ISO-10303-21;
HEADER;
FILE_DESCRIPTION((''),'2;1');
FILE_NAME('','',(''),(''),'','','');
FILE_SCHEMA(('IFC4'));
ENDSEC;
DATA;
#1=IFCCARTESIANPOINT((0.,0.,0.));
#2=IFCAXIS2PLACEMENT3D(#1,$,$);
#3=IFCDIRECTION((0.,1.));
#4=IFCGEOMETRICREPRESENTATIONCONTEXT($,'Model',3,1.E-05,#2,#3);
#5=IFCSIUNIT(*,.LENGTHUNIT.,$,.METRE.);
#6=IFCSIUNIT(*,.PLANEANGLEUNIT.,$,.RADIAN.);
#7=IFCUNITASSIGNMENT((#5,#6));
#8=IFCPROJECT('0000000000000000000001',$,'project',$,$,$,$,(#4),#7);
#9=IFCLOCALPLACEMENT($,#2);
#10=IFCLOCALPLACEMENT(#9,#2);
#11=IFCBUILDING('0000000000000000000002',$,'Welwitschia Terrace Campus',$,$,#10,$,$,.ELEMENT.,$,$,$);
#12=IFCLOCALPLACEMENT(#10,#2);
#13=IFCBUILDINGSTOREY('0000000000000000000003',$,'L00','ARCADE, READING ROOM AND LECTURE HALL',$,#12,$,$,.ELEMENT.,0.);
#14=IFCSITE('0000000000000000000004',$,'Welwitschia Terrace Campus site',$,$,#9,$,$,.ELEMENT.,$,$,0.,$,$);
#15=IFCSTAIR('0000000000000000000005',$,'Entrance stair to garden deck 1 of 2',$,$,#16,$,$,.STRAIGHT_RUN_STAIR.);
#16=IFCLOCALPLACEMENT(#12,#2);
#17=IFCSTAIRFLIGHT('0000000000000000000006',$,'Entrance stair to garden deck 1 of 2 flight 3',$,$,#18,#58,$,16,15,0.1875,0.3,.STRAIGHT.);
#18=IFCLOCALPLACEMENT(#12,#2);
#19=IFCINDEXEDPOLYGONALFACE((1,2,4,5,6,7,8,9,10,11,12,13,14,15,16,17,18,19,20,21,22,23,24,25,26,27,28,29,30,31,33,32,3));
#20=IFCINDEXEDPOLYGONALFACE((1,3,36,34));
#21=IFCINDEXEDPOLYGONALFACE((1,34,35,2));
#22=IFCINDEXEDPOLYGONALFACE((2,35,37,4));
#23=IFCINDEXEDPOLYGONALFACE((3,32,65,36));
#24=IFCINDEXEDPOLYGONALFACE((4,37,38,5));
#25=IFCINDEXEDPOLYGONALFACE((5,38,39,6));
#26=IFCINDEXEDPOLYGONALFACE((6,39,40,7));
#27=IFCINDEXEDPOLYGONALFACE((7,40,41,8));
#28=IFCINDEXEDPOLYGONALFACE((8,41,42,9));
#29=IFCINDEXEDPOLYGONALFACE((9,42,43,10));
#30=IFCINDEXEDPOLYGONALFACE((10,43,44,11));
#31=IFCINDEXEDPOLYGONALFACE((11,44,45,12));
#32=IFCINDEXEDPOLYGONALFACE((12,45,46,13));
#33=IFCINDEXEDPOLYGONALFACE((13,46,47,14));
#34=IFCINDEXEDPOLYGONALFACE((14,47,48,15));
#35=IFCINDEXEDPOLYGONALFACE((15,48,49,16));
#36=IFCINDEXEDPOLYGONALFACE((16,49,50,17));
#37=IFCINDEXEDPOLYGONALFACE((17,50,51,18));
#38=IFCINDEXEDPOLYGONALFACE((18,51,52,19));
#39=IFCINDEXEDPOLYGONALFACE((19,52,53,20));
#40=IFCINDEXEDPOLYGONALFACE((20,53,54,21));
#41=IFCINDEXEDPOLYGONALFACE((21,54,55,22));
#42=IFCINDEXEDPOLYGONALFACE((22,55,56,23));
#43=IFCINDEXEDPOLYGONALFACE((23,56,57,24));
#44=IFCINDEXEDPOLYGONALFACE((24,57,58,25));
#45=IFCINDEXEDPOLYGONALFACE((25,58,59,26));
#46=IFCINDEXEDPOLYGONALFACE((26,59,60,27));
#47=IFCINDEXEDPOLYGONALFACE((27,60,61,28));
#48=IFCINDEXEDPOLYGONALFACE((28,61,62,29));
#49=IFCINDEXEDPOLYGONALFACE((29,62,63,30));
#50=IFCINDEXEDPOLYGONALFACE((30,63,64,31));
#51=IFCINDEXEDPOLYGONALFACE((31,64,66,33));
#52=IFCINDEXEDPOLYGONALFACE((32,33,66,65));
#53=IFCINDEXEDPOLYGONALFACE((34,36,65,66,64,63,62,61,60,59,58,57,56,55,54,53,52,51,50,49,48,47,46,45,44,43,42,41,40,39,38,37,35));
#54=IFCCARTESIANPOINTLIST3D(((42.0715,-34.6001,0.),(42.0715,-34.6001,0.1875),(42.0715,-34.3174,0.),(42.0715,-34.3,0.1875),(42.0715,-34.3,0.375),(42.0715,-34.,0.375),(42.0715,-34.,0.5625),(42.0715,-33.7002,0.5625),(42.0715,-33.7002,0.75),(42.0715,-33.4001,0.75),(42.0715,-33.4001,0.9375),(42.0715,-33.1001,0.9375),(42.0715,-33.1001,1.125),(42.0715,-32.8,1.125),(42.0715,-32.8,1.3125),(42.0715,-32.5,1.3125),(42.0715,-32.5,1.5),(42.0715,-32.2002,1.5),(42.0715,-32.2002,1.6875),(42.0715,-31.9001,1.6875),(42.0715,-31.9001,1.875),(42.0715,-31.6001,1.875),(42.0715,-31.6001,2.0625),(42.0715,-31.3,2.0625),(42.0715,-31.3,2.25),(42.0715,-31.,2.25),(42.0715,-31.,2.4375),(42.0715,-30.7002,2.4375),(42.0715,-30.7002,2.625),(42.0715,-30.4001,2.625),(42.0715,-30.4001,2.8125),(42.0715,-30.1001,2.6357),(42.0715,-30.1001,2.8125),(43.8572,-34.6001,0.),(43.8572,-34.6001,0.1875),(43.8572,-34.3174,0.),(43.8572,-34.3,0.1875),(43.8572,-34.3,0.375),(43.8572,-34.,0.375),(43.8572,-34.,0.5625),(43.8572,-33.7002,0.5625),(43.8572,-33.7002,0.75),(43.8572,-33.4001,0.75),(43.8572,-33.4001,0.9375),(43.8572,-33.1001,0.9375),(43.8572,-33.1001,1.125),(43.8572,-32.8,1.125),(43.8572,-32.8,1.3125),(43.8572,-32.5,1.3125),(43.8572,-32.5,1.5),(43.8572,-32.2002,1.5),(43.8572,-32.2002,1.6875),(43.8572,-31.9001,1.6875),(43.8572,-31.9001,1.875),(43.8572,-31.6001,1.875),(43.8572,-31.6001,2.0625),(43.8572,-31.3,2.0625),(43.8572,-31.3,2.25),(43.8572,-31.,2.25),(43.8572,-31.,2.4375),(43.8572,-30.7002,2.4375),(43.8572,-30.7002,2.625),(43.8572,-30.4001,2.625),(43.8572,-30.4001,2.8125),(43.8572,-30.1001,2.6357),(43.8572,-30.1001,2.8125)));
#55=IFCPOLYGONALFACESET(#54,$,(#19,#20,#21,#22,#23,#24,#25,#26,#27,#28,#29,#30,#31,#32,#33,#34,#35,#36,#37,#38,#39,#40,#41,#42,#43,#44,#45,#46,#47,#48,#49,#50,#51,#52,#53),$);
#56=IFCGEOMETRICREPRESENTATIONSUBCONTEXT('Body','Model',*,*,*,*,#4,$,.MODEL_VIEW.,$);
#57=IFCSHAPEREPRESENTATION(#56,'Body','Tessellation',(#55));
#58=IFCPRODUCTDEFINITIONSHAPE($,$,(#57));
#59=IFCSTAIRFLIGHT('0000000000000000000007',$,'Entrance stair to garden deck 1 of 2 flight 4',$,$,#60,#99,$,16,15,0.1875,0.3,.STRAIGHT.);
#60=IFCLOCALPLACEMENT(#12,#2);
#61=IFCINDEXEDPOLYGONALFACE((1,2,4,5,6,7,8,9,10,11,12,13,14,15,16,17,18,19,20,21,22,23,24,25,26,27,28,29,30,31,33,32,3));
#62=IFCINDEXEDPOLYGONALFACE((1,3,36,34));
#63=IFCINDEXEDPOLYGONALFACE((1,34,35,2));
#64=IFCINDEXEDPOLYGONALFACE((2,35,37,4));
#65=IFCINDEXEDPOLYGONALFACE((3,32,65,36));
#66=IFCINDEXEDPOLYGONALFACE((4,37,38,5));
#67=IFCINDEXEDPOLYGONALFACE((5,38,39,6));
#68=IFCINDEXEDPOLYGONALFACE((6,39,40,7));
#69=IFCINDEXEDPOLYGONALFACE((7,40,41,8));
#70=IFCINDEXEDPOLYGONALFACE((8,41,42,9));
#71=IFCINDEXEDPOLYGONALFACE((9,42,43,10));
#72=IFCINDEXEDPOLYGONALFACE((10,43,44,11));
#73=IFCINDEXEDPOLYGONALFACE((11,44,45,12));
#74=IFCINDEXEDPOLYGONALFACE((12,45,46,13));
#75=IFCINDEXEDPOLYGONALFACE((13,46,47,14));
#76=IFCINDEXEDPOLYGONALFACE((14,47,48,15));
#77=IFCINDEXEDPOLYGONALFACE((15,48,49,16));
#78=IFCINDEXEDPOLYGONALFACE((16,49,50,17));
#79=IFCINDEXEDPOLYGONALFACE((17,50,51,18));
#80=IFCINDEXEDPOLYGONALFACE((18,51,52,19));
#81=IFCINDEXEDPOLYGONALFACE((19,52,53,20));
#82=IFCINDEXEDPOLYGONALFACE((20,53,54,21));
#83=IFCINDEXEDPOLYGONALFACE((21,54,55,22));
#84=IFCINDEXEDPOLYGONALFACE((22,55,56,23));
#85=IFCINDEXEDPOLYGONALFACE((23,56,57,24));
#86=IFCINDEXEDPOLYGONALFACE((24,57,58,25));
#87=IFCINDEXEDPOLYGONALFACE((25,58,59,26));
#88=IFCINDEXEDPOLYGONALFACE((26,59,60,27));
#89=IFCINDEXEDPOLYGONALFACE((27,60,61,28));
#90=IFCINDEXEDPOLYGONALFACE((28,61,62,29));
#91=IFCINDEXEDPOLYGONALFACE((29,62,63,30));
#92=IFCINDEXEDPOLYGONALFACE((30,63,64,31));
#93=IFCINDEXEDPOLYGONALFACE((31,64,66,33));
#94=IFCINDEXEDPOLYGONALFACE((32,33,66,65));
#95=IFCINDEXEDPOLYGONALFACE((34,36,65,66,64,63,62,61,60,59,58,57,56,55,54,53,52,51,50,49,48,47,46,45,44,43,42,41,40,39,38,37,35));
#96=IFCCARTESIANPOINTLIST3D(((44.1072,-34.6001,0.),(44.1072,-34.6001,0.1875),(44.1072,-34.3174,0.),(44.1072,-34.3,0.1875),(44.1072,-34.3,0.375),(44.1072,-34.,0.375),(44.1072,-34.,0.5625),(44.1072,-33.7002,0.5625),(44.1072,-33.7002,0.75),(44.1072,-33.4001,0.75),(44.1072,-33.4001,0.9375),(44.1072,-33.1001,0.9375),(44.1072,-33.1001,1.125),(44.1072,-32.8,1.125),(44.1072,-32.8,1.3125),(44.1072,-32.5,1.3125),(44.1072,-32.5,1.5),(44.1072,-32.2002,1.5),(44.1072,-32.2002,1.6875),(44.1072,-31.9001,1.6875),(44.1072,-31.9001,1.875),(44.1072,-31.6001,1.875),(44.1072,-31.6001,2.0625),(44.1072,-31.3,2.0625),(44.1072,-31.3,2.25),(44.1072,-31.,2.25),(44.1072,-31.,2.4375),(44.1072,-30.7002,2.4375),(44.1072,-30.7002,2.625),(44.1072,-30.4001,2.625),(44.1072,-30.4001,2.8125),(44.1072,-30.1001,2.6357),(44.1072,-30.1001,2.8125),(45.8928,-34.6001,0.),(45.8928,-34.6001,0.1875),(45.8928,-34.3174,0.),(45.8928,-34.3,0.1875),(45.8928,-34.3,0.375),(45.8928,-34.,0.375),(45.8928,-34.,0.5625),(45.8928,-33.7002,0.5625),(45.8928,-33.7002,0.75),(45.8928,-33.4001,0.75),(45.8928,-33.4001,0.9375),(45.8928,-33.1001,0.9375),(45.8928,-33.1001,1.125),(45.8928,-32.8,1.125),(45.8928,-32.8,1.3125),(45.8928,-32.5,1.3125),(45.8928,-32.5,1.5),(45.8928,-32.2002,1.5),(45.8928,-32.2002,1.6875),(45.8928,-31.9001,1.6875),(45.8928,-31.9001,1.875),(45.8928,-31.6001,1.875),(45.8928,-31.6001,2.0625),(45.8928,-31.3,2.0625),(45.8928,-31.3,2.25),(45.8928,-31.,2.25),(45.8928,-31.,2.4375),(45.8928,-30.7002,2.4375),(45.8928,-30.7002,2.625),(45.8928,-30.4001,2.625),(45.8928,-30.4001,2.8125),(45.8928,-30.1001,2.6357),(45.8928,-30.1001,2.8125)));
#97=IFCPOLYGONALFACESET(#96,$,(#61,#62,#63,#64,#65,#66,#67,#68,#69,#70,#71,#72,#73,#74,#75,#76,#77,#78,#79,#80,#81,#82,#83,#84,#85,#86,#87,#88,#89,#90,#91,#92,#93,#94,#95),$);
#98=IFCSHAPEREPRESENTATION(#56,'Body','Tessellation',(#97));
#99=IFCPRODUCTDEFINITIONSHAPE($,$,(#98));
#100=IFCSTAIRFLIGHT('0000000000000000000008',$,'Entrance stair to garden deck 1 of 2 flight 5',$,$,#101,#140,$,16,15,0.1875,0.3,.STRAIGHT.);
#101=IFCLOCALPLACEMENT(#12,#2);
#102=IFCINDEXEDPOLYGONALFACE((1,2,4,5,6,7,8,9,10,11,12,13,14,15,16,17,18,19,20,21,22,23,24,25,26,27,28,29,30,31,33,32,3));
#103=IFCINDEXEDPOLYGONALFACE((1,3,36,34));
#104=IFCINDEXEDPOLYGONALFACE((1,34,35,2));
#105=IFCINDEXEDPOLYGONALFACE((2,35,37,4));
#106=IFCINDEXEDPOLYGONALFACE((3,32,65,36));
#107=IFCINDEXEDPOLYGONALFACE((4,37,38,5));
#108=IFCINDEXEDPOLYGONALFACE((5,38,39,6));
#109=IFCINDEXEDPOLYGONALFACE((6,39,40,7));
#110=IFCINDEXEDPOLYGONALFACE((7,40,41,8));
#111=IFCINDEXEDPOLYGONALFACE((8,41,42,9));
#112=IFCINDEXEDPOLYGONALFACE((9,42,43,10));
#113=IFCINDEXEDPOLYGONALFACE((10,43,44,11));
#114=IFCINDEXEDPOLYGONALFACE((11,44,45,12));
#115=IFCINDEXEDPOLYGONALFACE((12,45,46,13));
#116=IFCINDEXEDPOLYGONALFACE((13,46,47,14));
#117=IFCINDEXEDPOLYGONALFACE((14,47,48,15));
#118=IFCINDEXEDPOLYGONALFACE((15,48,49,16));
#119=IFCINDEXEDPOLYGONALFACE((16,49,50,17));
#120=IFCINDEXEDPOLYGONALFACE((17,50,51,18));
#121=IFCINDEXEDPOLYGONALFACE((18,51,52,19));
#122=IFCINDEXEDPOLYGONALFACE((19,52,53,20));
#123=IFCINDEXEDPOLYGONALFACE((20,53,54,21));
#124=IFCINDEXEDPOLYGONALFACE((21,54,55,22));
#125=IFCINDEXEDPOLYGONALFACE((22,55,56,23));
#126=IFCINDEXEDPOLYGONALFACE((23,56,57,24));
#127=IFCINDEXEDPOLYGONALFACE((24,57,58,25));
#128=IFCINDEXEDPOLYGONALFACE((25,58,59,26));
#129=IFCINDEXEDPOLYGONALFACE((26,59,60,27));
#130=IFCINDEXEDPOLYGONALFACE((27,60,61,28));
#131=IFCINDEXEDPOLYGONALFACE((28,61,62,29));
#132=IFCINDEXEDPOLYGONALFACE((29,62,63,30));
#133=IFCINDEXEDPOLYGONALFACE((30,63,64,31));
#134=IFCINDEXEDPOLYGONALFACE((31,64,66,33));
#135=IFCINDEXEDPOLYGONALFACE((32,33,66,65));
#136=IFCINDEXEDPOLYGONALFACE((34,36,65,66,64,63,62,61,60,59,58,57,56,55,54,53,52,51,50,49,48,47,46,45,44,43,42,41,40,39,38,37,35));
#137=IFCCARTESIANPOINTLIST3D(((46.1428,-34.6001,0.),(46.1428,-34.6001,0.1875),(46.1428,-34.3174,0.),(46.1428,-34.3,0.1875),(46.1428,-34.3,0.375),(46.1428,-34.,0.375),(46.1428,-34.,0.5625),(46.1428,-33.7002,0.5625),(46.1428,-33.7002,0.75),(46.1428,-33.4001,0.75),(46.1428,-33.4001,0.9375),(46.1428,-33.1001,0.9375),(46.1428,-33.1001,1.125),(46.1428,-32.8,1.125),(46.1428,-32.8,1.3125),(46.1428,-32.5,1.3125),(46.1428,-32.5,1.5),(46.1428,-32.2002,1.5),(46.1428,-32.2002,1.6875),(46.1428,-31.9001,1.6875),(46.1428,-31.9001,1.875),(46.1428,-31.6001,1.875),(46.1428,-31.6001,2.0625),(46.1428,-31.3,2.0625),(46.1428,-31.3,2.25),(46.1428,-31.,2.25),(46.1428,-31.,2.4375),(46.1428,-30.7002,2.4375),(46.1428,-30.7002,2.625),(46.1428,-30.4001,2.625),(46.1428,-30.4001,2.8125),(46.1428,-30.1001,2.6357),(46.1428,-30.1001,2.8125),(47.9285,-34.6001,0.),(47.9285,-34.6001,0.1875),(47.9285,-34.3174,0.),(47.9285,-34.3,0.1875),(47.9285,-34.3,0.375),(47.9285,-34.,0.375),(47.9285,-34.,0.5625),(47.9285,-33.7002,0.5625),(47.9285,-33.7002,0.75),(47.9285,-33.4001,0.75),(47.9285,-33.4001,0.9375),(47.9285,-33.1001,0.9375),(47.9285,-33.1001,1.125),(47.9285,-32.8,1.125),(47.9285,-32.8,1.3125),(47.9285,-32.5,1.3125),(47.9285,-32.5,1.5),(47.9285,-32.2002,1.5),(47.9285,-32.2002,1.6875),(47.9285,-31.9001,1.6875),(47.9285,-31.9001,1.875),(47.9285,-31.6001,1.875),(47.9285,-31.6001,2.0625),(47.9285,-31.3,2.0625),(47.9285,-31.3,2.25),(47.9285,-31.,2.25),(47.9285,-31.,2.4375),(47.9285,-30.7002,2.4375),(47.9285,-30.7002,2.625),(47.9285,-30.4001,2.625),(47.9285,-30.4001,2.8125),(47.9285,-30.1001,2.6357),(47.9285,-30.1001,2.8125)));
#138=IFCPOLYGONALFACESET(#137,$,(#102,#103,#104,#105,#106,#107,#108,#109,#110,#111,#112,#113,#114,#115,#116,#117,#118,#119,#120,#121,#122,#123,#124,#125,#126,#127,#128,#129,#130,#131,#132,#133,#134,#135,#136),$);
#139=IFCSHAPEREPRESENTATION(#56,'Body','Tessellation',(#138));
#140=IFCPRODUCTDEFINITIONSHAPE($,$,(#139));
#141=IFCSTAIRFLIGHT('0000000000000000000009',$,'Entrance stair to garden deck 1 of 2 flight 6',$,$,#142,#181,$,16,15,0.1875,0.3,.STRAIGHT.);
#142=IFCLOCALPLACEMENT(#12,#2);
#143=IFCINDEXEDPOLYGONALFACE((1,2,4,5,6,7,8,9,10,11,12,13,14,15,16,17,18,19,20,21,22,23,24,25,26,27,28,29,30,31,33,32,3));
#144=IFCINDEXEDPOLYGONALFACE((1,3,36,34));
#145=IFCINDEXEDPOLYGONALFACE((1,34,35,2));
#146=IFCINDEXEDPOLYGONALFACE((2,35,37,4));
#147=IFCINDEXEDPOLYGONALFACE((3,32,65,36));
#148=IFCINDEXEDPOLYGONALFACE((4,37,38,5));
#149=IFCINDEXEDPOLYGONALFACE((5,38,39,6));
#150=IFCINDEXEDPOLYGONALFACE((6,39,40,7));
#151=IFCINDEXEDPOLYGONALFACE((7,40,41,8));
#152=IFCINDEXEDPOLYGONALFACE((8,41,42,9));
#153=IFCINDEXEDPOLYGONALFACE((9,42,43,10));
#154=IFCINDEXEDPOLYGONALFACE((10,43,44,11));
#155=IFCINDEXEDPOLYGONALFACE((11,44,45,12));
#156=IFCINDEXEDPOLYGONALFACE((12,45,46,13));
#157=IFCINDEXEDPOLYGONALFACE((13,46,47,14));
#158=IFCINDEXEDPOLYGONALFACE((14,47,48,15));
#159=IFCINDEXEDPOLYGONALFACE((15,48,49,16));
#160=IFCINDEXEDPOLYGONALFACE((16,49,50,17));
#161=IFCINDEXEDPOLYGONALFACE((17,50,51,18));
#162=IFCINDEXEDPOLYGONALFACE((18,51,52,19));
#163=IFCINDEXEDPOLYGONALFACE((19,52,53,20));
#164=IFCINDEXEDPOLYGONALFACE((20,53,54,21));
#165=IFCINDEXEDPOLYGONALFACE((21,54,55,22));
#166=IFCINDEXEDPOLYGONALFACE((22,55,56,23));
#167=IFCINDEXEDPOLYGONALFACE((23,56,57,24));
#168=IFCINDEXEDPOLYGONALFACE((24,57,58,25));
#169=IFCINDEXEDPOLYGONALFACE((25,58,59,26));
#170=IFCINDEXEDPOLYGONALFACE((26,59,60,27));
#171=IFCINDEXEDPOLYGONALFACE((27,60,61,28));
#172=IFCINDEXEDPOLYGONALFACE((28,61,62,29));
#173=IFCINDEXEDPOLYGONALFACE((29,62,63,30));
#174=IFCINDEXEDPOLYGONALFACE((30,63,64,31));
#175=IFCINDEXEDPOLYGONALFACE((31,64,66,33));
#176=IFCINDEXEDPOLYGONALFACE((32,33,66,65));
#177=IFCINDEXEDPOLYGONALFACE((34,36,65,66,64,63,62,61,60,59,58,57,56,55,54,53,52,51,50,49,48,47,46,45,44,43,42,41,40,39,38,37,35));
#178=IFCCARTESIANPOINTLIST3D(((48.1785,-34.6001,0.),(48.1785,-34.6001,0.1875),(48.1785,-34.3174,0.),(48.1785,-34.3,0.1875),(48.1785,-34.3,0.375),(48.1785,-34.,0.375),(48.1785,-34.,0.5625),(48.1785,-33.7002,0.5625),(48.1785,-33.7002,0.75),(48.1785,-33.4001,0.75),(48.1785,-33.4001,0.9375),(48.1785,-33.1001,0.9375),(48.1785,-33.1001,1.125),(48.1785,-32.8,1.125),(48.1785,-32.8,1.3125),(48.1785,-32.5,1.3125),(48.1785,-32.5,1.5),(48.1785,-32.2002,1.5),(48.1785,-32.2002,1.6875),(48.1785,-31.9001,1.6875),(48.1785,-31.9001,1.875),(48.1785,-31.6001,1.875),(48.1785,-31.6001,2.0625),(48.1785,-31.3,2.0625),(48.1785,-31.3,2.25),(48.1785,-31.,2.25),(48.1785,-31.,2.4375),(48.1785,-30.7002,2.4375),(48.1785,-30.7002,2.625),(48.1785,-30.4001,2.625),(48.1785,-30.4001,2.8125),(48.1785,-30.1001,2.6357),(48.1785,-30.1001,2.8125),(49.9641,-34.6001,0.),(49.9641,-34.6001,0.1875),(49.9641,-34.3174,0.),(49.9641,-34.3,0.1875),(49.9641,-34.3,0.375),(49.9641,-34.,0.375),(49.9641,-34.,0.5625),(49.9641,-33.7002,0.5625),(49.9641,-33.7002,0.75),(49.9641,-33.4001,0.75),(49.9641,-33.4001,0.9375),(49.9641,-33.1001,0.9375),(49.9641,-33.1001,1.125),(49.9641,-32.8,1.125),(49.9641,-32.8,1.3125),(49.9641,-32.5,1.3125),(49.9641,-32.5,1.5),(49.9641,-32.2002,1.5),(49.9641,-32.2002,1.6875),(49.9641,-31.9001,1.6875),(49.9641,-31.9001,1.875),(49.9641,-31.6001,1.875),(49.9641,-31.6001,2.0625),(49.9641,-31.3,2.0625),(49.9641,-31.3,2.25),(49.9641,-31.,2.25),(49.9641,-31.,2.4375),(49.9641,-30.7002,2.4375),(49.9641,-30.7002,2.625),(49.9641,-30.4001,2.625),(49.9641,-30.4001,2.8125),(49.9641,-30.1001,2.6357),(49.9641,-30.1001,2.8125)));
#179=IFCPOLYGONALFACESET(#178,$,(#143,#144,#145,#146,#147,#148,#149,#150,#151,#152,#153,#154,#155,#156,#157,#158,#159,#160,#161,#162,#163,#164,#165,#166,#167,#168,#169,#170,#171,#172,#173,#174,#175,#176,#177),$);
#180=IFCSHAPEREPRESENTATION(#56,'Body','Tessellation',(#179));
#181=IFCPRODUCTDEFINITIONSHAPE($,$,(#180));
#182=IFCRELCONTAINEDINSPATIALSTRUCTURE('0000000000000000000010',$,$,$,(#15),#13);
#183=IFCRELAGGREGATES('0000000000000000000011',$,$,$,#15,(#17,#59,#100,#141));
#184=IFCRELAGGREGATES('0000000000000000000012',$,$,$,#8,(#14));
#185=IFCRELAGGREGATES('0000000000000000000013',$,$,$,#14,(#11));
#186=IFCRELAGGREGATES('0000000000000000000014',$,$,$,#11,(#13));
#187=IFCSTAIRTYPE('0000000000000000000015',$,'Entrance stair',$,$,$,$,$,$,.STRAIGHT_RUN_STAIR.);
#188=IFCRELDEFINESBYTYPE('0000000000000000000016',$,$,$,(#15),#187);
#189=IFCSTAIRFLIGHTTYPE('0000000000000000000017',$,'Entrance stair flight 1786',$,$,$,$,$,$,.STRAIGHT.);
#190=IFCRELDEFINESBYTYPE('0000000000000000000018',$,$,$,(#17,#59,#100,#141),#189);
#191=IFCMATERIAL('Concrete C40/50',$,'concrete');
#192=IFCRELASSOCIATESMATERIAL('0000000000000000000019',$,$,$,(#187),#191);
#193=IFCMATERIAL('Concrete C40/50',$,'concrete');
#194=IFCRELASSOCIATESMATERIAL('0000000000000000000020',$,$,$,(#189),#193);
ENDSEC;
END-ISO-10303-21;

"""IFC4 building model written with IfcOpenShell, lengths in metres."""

from ifc_helpers import new_model, si_unit, direction, frame, origin, place, context, subcontext, project, spatial, polyline, outline, extrude, material, type_object, element, aggregate, save


model = new_model("IFC4")

# Units and contexts
model_context = context("Model", 3, precision=1e-05, world=origin(), true_north=direction((0.0, 1.0)))
body_context = subcontext(model_context, "Body", "Model", "MODEL_VIEW")
ifc_project = project(units=[si_unit("LENGTHUNIT", "METRE"), si_unit("PLANEANGLEUNIT", "RADIAN")], contexts=[model_context])

# Site, building, storey
site_placement = place(None, origin())
site = spatial("IfcSite", under=ifc_project, at=site_placement, Name="Welwitschia Terrace Campus site", CompositionType="ELEMENT", RefElevation=0.0)
building_placement = place(site_placement, origin())
building = spatial("IfcBuilding", under=site, at=building_placement, Name="Welwitschia Terrace Campus", CompositionType="ELEMENT")
storey_placement = place(building_placement, origin())
storey = spatial("IfcBuildingStorey", under=building, at=storey_placement, Name="L00", Description="ARCADE, READING ROOM AND LECTURE HALL", CompositionType="ELEMENT", Elevation=0.0)

# Stair, stair flights
ifc_material_1 = material(Name="Concrete C40/50", Category="concrete")
stair_type = type_object("IfcStairType", Name="Entrance stair", PredefinedType="STRAIGHT_RUN_STAIR", material=ifc_material_1)
stair_placement = place(storey_placement, origin())
stair = element("IfcStair", 1, at=stair_placement, inside=storey, type_object=stair_type, Name="Entrance stair to garden deck 1 of 2", PredefinedType="STRAIGHT_RUN_STAIR")
ifc_material_2 = material(Name="Concrete C40/50", Category="concrete")
stair_flight_type = type_object("IfcStairFlightType", Name="Entrance stair flight 1786", PredefinedType="STRAIGHT", material=ifc_material_2)
stair_flight_1_placement = place(storey_placement, frame((42.9644, -34.6001, 0.0), z_axis=(0.0, 0.0, 1.0), x_axis=(0.0, 1.0, 0.0)))
stair_flight_1 = element("IfcStairFlight", 2, at=stair_flight_1_placement, type_object=stair_flight_type, Name="Entrance stair to garden deck 1 of 2 flight 3", NumberOfRisers=16, NumberOfTreads=15, PredefinedType="STRAIGHT", RiserHeight=0.1875, TreadLength=0.3, context=body_context, shape_type="SweptSolid", body=[
    extrude(outline(polyline([(0.0, 0.0), (0.0, 0.1875), (0.3, 0.1875), (0.3, 0.375), (0.6001, 0.375), (0.6001, 0.5625), (0.8999, 0.5625), (0.8999, 0.75), (1.2, 0.75), (1.2, 0.9375), (1.5, 0.9375), (1.5, 1.125), (1.8, 1.125), (1.8, 1.3125), (2.1001, 1.3125), (2.1001, 1.5), (2.3999, 1.5), (2.3999, 1.6875), (2.7, 1.6875), (2.7, 1.875), (3.0, 1.875), (3.0, 2.0625), (3.3, 2.0625), (3.3, 2.25), (3.6001, 2.25), (3.6001, 2.4375), (3.8999, 2.4375), (3.8999, 2.625), (4.2, 2.625), (4.2, 2.8125), (4.5, 2.8125), (4.5, 3.0), (4.5, 2.6357), (0.2827, 0.0), (0.0, 0.0)])), frame((0.0, 0.8928, 0.0), z_axis=(0.0, -1.0, 0.0), x_axis=(1.0, 0.0, 0.0)), (0.0, 0.0, 1.0), 1.7856),
])
stair_flight_2_placement = place(storey_placement, frame((45.0, -34.6001, 0.0), z_axis=(0.0, 0.0, 1.0), x_axis=(0.0, 1.0, 0.0)))
stair_flight_2 = element("IfcStairFlight", 3, at=stair_flight_2_placement, type_object=stair_flight_type, Name="Entrance stair to garden deck 1 of 2 flight 4", NumberOfRisers=16, NumberOfTreads=15, PredefinedType="STRAIGHT", RiserHeight=0.1875, TreadLength=0.3, context=body_context, shape_type="SweptSolid", body=[
    extrude(outline(polyline([(0.0, 0.0), (0.0, 0.1875), (0.3, 0.1875), (0.3, 0.375), (0.6001, 0.375), (0.6001, 0.5625), (0.8999, 0.5625), (0.8999, 0.75), (1.2, 0.75), (1.2, 0.9375), (1.5, 0.9375), (1.5, 1.125), (1.8, 1.125), (1.8, 1.3125), (2.1001, 1.3125), (2.1001, 1.5), (2.3999, 1.5), (2.3999, 1.6875), (2.7, 1.6875), (2.7, 1.875), (3.0, 1.875), (3.0, 2.0625), (3.3, 2.0625), (3.3, 2.25), (3.6001, 2.25), (3.6001, 2.4375), (3.8999, 2.4375), (3.8999, 2.625), (4.2, 2.625), (4.2, 2.8125), (4.5, 2.8125), (4.5, 3.0), (4.5, 2.6357), (0.2827, 0.0), (0.0, 0.0)])), frame((0.0, 0.8928, 0.0), z_axis=(0.0, -1.0, 0.0), x_axis=(1.0, 0.0, 0.0)), (0.0, 0.0, 1.0), 1.7856),
])
stair_flight_3_placement = place(storey_placement, frame((47.0356, -34.6001, 0.0), z_axis=(0.0, 0.0, 1.0), x_axis=(0.0, 1.0, 0.0)))
stair_flight_3 = element("IfcStairFlight", 4, at=stair_flight_3_placement, type_object=stair_flight_type, Name="Entrance stair to garden deck 1 of 2 flight 5", NumberOfRisers=16, NumberOfTreads=15, PredefinedType="STRAIGHT", RiserHeight=0.1875, TreadLength=0.3, context=body_context, shape_type="SweptSolid", body=[
    extrude(outline(polyline([(0.0, 0.0), (0.0, 0.1875), (0.3, 0.1875), (0.3, 0.375), (0.6001, 0.375), (0.6001, 0.5625), (0.8999, 0.5625), (0.8999, 0.75), (1.2, 0.75), (1.2, 0.9375), (1.5, 0.9375), (1.5, 1.125), (1.8, 1.125), (1.8, 1.3125), (2.1001, 1.3125), (2.1001, 1.5), (2.3999, 1.5), (2.3999, 1.6875), (2.7, 1.6875), (2.7, 1.875), (3.0, 1.875), (3.0, 2.0625), (3.3, 2.0625), (3.3, 2.25), (3.6001, 2.25), (3.6001, 2.4375), (3.8999, 2.4375), (3.8999, 2.625), (4.2, 2.625), (4.2, 2.8125), (4.5, 2.8125), (4.5, 3.0), (4.5, 2.6357), (0.2827, 0.0), (0.0, 0.0)])), frame((0.0, 0.8928, 0.0), z_axis=(0.0, -1.0, 0.0), x_axis=(1.0, 0.0, 0.0)), (0.0, 0.0, 1.0), 1.7856),
])
stair_flight_4_placement = place(storey_placement, frame((49.0713, -34.6001, 0.0), z_axis=(0.0, 0.0, 1.0), x_axis=(0.0, 1.0, 0.0)))
stair_flight_4 = element("IfcStairFlight", 5, at=stair_flight_4_placement, type_object=stair_flight_type, Name="Entrance stair to garden deck 1 of 2 flight 6", NumberOfRisers=16, NumberOfTreads=15, PredefinedType="STRAIGHT", RiserHeight=0.1875, TreadLength=0.3, context=body_context, shape_type="SweptSolid", body=[
    extrude(outline(polyline([(0.0, 0.0), (0.0, 0.1875), (0.3, 0.1875), (0.3, 0.375), (0.6001, 0.375), (0.6001, 0.5625), (0.8999, 0.5625), (0.8999, 0.75), (1.2, 0.75), (1.2, 0.9375), (1.5, 0.9375), (1.5, 1.125), (1.8, 1.125), (1.8, 1.3125), (2.1001, 1.3125), (2.1001, 1.5), (2.3999, 1.5), (2.3999, 1.6875), (2.7, 1.6875), (2.7, 1.875), (3.0, 1.875), (3.0, 2.0625), (3.3, 2.0625), (3.3, 2.25), (3.6001, 2.25), (3.6001, 2.4375), (3.8999, 2.4375), (3.8999, 2.625), (4.2, 2.625), (4.2, 2.8125), (4.5, 2.8125), (4.5, 3.0), (4.5, 2.6357), (0.2827, 0.0), (0.0, 0.0)])), frame((0.0, 0.8928, 0.0), z_axis=(0.0, -1.0, 0.0), x_axis=(1.0, 0.0, 0.0)), (0.0, 0.0, 1.0), 1.7856),
])
aggregate(stair, [stair_flight_1, stair_flight_2, stair_flight_3, stair_flight_4])

save(model, "model.ifc")
